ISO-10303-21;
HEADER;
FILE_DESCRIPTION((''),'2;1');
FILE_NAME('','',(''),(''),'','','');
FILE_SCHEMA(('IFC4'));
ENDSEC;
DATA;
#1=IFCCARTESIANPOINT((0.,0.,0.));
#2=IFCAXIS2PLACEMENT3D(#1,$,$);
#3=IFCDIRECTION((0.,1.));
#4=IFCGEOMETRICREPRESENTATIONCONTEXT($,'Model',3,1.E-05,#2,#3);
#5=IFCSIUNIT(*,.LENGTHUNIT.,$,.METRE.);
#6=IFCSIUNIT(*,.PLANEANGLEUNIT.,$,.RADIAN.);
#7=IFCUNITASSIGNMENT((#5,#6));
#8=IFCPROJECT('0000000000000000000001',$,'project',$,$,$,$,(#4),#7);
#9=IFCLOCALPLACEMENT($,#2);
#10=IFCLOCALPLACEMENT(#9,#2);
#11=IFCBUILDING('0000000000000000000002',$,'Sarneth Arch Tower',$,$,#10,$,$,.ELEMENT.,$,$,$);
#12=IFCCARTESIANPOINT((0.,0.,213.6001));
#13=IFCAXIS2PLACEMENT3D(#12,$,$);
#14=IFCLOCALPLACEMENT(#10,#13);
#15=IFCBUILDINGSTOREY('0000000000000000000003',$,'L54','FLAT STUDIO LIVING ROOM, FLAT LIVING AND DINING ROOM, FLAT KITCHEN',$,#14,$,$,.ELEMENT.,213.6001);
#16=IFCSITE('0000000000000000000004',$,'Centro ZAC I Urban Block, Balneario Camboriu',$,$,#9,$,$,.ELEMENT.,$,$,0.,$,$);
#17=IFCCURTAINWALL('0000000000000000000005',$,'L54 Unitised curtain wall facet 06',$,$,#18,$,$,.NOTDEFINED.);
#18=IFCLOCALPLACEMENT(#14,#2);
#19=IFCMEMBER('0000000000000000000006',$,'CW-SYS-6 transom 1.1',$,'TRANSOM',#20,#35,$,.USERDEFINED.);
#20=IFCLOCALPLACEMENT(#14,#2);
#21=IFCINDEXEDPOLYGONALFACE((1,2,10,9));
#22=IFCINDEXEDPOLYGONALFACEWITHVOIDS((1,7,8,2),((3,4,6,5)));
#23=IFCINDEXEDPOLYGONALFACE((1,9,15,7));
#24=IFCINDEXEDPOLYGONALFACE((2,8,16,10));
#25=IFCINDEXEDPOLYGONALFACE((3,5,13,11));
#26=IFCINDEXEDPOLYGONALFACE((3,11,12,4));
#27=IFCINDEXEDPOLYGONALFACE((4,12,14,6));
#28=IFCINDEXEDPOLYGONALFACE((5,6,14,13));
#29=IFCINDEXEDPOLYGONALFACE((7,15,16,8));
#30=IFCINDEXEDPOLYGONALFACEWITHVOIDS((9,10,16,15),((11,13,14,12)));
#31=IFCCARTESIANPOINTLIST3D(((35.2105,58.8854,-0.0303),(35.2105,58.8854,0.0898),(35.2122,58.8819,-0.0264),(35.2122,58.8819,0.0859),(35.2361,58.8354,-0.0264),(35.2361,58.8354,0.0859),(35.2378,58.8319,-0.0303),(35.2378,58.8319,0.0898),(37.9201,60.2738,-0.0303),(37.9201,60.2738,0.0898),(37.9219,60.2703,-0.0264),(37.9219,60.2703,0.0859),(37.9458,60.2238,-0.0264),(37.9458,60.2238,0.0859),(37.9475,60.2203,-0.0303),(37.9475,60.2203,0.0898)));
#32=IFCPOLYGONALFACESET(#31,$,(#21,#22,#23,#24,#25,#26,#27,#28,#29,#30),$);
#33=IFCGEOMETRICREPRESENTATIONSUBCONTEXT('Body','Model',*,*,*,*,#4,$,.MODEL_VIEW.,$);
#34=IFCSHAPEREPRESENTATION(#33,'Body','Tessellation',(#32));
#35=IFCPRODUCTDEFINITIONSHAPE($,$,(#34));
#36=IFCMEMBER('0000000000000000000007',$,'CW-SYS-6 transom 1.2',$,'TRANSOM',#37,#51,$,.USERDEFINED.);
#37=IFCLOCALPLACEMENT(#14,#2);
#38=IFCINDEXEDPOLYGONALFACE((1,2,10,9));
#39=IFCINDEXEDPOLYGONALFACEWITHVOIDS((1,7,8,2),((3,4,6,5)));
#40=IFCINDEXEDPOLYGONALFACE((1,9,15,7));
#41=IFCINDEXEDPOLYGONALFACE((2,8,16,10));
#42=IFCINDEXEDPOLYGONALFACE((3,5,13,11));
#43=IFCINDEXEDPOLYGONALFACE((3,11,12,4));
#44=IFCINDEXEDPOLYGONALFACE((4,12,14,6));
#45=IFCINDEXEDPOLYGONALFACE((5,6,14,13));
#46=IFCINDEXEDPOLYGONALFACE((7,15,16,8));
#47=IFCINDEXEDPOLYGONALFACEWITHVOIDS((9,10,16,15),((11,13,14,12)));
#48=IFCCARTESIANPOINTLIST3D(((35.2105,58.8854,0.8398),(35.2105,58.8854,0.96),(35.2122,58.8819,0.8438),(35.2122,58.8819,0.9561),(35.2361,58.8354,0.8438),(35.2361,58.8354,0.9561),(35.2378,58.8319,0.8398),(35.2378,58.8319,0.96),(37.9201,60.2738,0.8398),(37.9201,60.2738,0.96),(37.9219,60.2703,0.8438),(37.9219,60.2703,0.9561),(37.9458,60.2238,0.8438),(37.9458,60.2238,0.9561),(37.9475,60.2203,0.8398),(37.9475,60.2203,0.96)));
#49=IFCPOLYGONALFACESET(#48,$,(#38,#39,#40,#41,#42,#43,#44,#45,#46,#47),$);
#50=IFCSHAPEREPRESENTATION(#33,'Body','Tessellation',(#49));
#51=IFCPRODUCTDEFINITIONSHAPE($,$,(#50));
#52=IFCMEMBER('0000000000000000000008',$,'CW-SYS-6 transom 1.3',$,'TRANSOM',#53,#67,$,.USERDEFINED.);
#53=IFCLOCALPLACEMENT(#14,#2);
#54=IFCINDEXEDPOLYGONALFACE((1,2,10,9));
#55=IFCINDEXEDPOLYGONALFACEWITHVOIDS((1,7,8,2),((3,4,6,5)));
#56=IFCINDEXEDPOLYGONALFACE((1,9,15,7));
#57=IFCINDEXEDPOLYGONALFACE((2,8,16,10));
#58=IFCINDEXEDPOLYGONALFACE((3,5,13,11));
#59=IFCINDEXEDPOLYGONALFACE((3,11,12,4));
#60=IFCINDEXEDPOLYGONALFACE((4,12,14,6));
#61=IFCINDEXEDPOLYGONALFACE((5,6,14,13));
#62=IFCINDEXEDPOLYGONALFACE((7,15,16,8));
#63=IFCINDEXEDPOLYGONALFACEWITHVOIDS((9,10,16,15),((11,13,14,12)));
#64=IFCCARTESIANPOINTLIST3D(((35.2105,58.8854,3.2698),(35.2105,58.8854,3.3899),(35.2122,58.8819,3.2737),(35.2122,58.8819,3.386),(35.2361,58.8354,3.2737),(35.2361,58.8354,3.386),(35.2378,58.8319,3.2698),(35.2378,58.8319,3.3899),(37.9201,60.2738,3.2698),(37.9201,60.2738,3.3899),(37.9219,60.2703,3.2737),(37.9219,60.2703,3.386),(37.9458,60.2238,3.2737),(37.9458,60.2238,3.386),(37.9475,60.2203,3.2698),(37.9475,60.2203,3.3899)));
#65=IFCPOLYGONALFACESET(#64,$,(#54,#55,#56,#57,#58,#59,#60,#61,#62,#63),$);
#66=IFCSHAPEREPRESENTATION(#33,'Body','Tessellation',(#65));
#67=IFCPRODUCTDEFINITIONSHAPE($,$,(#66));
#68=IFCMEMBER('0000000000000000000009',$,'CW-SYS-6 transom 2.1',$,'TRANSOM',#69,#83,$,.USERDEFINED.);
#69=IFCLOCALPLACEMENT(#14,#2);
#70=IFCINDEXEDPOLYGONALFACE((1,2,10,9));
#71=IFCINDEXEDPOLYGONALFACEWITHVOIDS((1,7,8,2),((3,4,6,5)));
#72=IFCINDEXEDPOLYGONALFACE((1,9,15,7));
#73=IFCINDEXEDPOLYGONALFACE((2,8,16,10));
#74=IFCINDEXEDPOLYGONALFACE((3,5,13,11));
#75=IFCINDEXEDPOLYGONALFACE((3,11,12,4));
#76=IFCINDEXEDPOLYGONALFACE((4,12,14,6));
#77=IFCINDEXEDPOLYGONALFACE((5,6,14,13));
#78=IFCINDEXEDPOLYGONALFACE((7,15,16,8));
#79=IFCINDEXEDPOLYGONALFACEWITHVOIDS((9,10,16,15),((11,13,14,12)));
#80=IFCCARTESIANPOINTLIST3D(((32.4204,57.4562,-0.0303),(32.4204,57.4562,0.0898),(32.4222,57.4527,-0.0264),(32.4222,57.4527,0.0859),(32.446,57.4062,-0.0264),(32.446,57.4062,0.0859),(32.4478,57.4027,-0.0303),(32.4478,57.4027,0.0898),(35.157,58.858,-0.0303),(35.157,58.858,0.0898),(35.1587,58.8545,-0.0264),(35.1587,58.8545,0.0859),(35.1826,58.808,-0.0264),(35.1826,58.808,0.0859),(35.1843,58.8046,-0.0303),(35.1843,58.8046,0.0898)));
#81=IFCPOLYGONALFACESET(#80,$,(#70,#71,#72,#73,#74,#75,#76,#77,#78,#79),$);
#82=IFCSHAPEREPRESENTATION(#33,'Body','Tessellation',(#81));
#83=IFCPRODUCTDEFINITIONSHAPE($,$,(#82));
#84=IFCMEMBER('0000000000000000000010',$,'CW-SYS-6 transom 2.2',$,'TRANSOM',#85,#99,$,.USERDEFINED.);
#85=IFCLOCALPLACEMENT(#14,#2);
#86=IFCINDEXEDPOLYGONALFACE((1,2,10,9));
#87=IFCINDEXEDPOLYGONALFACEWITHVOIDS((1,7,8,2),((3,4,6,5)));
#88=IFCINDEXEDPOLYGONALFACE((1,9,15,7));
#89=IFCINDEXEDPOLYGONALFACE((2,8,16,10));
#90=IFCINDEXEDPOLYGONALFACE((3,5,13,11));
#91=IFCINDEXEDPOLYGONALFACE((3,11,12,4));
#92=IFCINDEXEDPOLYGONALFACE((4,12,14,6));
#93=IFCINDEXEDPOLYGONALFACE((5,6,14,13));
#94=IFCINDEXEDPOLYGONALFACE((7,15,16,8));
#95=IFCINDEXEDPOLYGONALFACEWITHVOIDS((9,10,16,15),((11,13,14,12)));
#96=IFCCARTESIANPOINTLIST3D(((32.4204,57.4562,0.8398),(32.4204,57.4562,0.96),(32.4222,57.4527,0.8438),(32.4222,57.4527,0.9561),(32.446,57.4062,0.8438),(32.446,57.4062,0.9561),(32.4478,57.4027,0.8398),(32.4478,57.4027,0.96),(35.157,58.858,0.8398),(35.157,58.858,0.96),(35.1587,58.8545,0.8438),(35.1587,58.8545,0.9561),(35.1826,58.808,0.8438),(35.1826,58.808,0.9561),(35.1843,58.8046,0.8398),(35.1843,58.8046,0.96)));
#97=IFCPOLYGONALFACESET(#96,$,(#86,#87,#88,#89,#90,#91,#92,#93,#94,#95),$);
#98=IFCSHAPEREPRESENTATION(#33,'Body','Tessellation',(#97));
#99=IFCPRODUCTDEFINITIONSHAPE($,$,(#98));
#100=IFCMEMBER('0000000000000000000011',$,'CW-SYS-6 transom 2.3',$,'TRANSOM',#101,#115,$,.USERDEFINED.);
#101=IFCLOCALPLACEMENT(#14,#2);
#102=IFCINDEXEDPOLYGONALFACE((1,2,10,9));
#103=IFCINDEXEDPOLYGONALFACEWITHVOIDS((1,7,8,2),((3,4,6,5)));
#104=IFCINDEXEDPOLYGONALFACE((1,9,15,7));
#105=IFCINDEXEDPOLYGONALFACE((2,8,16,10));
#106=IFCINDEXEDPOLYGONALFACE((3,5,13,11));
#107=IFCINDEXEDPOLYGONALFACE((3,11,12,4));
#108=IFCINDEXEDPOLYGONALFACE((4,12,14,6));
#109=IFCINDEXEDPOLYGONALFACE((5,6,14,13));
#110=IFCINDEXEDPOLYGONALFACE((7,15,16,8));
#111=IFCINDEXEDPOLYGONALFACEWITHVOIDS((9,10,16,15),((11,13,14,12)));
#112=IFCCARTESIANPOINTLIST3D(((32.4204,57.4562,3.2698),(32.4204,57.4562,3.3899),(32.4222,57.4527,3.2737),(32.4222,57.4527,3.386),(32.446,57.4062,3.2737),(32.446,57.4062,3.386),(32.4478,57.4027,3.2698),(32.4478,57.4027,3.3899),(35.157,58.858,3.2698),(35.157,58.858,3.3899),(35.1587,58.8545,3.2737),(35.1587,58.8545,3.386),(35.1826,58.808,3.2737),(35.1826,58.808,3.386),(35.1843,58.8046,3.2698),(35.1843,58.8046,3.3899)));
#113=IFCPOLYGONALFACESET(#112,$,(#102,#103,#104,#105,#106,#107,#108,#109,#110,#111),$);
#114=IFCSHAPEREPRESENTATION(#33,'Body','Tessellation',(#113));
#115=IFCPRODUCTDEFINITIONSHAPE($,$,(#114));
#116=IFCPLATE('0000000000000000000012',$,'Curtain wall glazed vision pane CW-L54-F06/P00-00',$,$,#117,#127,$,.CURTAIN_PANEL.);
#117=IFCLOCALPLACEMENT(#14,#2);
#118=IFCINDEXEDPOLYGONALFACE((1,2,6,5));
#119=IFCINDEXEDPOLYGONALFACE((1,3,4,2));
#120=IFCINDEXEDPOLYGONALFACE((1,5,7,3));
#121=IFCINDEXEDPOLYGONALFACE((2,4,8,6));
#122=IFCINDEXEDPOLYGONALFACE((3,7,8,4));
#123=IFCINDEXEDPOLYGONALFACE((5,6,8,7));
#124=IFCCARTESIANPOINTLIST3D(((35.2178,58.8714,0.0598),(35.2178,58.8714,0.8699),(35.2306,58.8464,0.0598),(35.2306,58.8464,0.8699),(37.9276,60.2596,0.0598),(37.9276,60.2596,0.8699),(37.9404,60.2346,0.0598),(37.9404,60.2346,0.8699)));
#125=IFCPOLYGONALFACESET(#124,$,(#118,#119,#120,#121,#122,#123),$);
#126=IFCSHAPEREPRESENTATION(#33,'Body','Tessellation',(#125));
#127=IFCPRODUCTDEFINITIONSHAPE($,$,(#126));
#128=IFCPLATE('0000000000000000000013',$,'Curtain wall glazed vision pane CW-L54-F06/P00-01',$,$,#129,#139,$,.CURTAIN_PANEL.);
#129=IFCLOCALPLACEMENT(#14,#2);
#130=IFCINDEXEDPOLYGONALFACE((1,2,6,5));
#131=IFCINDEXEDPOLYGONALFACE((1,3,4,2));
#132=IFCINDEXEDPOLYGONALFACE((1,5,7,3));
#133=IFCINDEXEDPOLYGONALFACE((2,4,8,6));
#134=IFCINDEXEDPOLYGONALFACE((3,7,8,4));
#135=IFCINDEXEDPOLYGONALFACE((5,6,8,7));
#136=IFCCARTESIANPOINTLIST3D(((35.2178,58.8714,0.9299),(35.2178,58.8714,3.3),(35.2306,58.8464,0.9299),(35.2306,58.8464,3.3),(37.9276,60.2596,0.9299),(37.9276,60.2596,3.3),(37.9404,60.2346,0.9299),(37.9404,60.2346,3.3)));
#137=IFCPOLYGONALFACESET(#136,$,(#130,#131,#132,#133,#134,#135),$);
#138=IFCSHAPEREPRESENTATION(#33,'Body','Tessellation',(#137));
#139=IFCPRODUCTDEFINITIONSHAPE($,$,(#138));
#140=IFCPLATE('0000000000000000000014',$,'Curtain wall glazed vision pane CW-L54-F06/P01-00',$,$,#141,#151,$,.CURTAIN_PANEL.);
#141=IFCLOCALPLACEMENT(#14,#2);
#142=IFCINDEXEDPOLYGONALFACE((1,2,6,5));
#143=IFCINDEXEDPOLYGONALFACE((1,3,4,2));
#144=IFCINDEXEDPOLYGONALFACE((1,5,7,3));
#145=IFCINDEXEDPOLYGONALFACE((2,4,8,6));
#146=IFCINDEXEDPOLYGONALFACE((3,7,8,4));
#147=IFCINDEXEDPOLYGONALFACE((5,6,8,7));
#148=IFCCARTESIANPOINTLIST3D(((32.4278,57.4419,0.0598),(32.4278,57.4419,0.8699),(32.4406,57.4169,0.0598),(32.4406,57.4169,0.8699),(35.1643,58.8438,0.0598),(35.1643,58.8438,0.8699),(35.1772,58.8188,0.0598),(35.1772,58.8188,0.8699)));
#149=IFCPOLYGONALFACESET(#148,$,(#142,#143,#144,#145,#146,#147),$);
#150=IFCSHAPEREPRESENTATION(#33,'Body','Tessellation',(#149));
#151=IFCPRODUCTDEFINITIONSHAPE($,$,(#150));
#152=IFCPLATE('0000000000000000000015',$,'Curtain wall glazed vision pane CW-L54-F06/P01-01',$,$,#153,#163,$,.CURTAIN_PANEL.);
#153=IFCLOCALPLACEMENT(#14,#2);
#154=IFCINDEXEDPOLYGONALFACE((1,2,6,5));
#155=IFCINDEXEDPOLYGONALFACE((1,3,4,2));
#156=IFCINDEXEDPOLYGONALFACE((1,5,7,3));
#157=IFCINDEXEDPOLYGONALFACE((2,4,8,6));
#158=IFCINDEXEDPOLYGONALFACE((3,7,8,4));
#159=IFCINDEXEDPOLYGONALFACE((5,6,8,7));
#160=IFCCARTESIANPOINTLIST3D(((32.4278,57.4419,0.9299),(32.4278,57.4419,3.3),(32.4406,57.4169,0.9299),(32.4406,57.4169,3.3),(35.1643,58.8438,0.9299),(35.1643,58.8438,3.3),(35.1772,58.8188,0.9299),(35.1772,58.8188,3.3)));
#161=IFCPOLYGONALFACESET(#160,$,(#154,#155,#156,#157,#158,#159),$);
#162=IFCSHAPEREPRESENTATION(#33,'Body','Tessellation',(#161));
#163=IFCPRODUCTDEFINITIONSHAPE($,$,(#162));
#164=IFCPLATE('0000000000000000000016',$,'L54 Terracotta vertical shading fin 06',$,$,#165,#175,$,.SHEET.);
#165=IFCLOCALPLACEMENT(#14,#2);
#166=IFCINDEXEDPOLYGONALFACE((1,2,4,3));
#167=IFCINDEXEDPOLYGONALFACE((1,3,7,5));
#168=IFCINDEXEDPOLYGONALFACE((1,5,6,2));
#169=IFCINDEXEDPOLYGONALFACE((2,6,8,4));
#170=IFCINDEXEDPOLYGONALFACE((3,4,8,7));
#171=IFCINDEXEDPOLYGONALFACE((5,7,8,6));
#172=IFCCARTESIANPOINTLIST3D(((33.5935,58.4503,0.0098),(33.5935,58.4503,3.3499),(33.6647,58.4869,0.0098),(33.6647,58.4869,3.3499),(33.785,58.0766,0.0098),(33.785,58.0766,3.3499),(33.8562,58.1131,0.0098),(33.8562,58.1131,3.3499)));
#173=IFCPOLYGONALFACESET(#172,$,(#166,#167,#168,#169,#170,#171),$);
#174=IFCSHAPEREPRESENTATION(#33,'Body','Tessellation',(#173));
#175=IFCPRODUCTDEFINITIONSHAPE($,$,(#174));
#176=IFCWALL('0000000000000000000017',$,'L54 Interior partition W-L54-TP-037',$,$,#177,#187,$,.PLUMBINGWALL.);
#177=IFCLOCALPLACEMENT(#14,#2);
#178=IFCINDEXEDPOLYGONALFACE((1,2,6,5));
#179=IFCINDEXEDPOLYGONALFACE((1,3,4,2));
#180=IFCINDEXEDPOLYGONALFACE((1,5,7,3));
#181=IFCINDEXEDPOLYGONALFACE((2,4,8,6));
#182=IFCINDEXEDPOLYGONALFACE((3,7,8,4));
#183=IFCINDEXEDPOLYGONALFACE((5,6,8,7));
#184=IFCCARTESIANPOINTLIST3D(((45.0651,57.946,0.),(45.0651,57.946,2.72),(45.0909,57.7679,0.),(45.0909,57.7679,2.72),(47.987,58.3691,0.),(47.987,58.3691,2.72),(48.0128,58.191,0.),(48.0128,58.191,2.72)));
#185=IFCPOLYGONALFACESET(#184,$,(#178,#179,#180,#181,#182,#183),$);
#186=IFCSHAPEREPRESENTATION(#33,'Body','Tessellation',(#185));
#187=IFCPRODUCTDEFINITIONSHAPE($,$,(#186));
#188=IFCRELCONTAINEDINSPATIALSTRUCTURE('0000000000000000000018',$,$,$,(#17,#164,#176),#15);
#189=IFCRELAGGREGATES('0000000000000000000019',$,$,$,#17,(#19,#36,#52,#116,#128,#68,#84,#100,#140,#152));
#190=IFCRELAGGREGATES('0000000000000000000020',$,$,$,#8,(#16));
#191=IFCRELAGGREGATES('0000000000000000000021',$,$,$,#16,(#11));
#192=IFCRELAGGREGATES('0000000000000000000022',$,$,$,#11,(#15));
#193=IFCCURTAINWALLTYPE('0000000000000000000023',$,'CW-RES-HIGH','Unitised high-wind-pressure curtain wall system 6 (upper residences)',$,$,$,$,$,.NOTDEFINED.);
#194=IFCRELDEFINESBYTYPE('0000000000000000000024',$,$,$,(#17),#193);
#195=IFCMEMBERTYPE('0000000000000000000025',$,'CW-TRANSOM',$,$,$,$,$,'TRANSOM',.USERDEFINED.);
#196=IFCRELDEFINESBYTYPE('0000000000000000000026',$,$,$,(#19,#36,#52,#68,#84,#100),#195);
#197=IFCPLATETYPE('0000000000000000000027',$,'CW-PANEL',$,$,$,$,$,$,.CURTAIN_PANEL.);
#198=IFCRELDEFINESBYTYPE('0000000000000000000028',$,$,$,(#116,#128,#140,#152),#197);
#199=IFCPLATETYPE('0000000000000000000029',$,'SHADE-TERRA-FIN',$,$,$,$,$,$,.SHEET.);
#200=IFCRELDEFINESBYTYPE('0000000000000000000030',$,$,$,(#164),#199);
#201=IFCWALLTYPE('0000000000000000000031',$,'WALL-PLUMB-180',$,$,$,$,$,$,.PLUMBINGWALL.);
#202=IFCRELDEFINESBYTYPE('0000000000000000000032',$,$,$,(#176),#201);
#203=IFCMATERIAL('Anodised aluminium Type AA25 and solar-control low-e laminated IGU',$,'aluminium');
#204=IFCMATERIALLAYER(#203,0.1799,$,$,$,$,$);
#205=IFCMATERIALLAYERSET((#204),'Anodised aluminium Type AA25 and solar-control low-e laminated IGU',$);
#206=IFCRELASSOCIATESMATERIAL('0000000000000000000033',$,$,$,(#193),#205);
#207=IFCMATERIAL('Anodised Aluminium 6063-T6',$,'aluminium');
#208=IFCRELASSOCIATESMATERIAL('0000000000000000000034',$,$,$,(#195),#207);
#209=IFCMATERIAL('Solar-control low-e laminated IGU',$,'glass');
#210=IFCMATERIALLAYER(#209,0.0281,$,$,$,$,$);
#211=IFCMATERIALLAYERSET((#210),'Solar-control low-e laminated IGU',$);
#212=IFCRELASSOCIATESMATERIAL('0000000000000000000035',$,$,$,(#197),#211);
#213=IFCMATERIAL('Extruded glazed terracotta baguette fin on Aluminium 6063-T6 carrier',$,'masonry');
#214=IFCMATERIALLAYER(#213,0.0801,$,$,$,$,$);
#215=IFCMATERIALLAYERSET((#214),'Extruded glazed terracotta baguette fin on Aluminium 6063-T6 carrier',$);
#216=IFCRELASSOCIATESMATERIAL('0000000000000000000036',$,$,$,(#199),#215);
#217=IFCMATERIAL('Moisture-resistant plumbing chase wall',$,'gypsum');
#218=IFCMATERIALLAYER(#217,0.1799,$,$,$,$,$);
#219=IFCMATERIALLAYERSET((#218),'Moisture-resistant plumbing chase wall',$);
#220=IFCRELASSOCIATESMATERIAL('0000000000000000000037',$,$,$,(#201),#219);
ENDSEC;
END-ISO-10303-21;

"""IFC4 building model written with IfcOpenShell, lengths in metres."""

from ifc_helpers import new_model, si_unit, direction, frame, frame_2d, origin, origin_2d, place, context, subcontext, project, spatial, rectangle, hollow_rectangle, extrude, material, layer, layer_set, material_profile, profile_set, type_object, element, aggregate, save


model = new_model("IFC4")

# Units and contexts
model_context = context("Model", 3, precision=1e-05, world=origin(), true_north=direction((0.0, 1.0)))
body_context = subcontext(model_context, "Body", "Model", "MODEL_VIEW")
ifc_project = project(units=[si_unit("LENGTHUNIT", "METRE"), si_unit("PLANEANGLEUNIT", "RADIAN")], contexts=[model_context])

# Site, building, storey
site_placement = place(None, origin())
site = spatial("IfcSite", under=ifc_project, at=site_placement, Name="Centro ZAC I Urban Block, Balneario Camboriu", CompositionType="ELEMENT", RefElevation=0.0)
building_placement = place(site_placement, origin())
building = spatial("IfcBuilding", under=site, at=building_placement, Name="Sarneth Arch Tower", CompositionType="ELEMENT")
storey_placement = place(building_placement, frame((0.0, 0.0, 213.6001)))
storey = spatial("IfcBuildingStorey", under=building, at=storey_placement, Name="L54", Description="FLAT STUDIO LIVING ROOM, FLAT LIVING AND DINING ROOM, FLAT KITCHEN", CompositionType="ELEMENT", Elevation=213.6001)

# Curtain wall, members, plates
ifc_material_1 = material(Name="Anodised aluminium Type AA25 and solar-control low-e laminated IGU", Category="aluminium")
ifc_layer_1 = layer(ifc_material_1, 0.1799)
ifc_layer_set_1 = layer_set([ifc_layer_1], Name="Anodised aluminium Type AA25 and solar-control low-e laminated IGU")
curtain_wall_type = type_object("IfcCurtainWallType", Name="CW-RES-HIGH", Description="Unitised high-wind-pressure curtain wall system 6 (upper residences)", PredefinedType="NOTDEFINED", material=ifc_layer_set_1)
curtain_wall_placement = place(storey_placement, origin())
curtain_wall = element("IfcCurtainWall", 1, at=curtain_wall_placement, inside=storey, type_object=curtain_wall_type, Name="L54 Unitised curtain wall facet 06", PredefinedType="NOTDEFINED")
ifc_material_2 = material(Name="Anodised Aluminium 6063-T6", Category="aluminium")
ifc_material_profile_1 = material_profile(ifc_material_2, hollow_rectangle(XDim=0.0601, YDim=0.1201, WallThickness=0.0039, at=origin_2d()), Name="AL-TRAN-120x60x4")
ifc_profile_set_1 = profile_set([ifc_material_profile_1], Name="Anodised Aluminium 6063-T6")
member_type_1 = type_object("IfcMemberType", Name="CW-TRANSOM", ElementType="TRANSOM", PredefinedType="USERDEFINED", material=ifc_profile_set_1)
member_1_placement = place(storey_placement, frame((37.9338, 60.2471, 0.0298), z_axis=(-0.889974, -0.456012, 0.0), x_axis=(0.456012, -0.889974, 0.0)))
member_1 = element("IfcMember", 2, at=member_1_placement, type_object=member_type_1, Name="CW-SYS-6 transom 1.1", ObjectType="TRANSOM", PredefinedType="USERDEFINED", context=body_context, shape_type="SweptSolid", body=[
    extrude(hollow_rectangle(XDim=0.0601, YDim=0.1201, WallThickness=0.0039, at=origin_2d()), origin(), (0.0, 0.0, 1.0), 3.0447),
])
member_2_placement = place(storey_placement, frame((37.9338, 60.2471, 0.8999), z_axis=(-0.889974, -0.456012, 0.0), x_axis=(0.456012, -0.889974, 0.0)))
member_2 = element("IfcMember", 3, at=member_2_placement, type_object=member_type_1, Name="CW-SYS-6 transom 1.2", ObjectType="TRANSOM", PredefinedType="USERDEFINED", context=body_context, shape_type="SweptSolid", body=[
    extrude(hollow_rectangle(XDim=0.0601, YDim=0.1201, WallThickness=0.0039, at=origin_2d()), origin(), (0.0, 0.0, 1.0), 3.0447),
])
member_3_placement = place(storey_placement, frame((37.9338, 60.2471, 3.3298), z_axis=(-0.889974, -0.456012, 0.0), x_axis=(0.456012, -0.889974, 0.0)))
member_3 = element("IfcMember", 4, at=member_3_placement, type_object=member_type_1, Name="CW-SYS-6 transom 1.3", ObjectType="TRANSOM", PredefinedType="USERDEFINED", context=body_context, shape_type="SweptSolid", body=[
    extrude(hollow_rectangle(XDim=0.0601, YDim=0.1201, WallThickness=0.0039, at=origin_2d()), origin(), (0.0, 0.0, 1.0), 3.0447),
])
member_4_placement = place(storey_placement, frame((35.1707, 58.8313, 0.0298), z_axis=(-0.890017, -0.455926, 0.0), x_axis=(0.455926, -0.890017, 0.0)))
member_4 = element("IfcMember", 5, at=member_4_placement, type_object=member_type_1, Name="CW-SYS-6 transom 2.1", ObjectType="TRANSOM", PredefinedType="USERDEFINED", context=body_context, shape_type="SweptSolid", body=[
    extrude(hollow_rectangle(XDim=0.0601, YDim=0.1201, WallThickness=0.0039, at=origin_2d()), origin(), (0.0, 0.0, 1.0), 3.0747),
])
member_5_placement = place(storey_placement, frame((35.1707, 58.8313, 0.8999), z_axis=(-0.890017, -0.455926, 0.0), x_axis=(0.455926, -0.890017, 0.0)))
member_5 = element("IfcMember", 6, at=member_5_placement, type_object=member_type_1, Name="CW-SYS-6 transom 2.2", ObjectType="TRANSOM", PredefinedType="USERDEFINED", context=body_context, shape_type="SweptSolid", body=[
    extrude(hollow_rectangle(XDim=0.0601, YDim=0.1201, WallThickness=0.0039, at=origin_2d()), origin(), (0.0, 0.0, 1.0), 3.0747),
])
member_6_placement = place(storey_placement, frame((35.1707, 58.8313, 3.3298), z_axis=(-0.890017, -0.455926, 0.0), x_axis=(0.455926, -0.890017, 0.0)))
member_6 = element("IfcMember", 7, at=member_6_placement, type_object=member_type_1, Name="CW-SYS-6 transom 2.3", ObjectType="TRANSOM", PredefinedType="USERDEFINED", context=body_context, shape_type="SweptSolid", body=[
    extrude(hollow_rectangle(XDim=0.0601, YDim=0.1201, WallThickness=0.0039, at=origin_2d()), origin(), (0.0, 0.0, 1.0), 3.0747),
])
ifc_material_3 = material(Name="Solar-control low-e laminated IGU", Category="glass")
ifc_layer_2 = layer(ifc_material_3, 0.0281)
ifc_layer_set_2 = layer_set([ifc_layer_2], Name="Solar-control low-e laminated IGU")
plate_type_1 = type_object("IfcPlateType", Name="CW-PANEL", PredefinedType="CURTAIN_PANEL", material=ifc_layer_set_2)
plate_1_placement = place(storey_placement, frame((36.5791, 59.553, 0.0598), z_axis=(0.0, 0.0, 1.0), x_axis=(-0.89001, -0.455942, 0.0)))
plate_1 = element("IfcPlate", 8, at=plate_1_placement, type_object=plate_type_1, Name="Curtain wall glazed vision pane CW-L54-F06/P00-00", PredefinedType="CURTAIN_PANEL", context=body_context, shape_type="SweptSolid", body=[
    extrude(rectangle(XDim=3.0447, YDim=0.0281, at=origin_2d()), origin(), (0.0, 0.0, 1.0), 0.8101),
])
plate_2_placement = place(storey_placement, frame((36.5791, 59.553, 0.9299), z_axis=(0.0, 0.0, 1.0), x_axis=(-0.89001, -0.455942, 0.0)))
plate_2 = element("IfcPlate", 9, at=plate_2_placement, type_object=plate_type_1, Name="Curtain wall glazed vision pane CW-L54-F06/P00-01", PredefinedType="CURTAIN_PANEL", context=body_context, shape_type="SweptSolid", body=[
    extrude(rectangle(XDim=3.0447, YDim=0.0281, at=origin_2d()), origin(), (0.0, 0.0, 1.0), 2.3701),
])
plate_3_placement = place(storey_placement, frame((33.8025, 58.1304, 0.0598), z_axis=(0.0, 0.0, 1.0), x_axis=(-0.89001, -0.455942, 0.0)))
plate_3 = element("IfcPlate", 10, at=plate_3_placement, type_object=plate_type_1, Name="Curtain wall glazed vision pane CW-L54-F06/P01-00", PredefinedType="CURTAIN_PANEL", context=body_context, shape_type="SweptSolid", body=[
    extrude(rectangle(XDim=3.0747, YDim=0.0281, at=origin_2d()), origin(), (0.0, 0.0, 1.0), 0.8101),
])
plate_4_placement = place(storey_placement, frame((33.8025, 58.1304, 0.9299), z_axis=(0.0, 0.0, 1.0), x_axis=(-0.89001, -0.455942, 0.0)))
plate_4 = element("IfcPlate", 11, at=plate_4_placement, type_object=plate_type_1, Name="Curtain wall glazed vision pane CW-L54-F06/P01-01", PredefinedType="CURTAIN_PANEL", context=body_context, shape_type="SweptSolid", body=[
    extrude(rectangle(XDim=3.0747, YDim=0.0281, at=origin_2d()), origin(), (0.0, 0.0, 1.0), 2.3701),
])
aggregate(curtain_wall, [member_1, member_2, member_3, plate_1, plate_2, member_4, member_5, member_6, plate_3, plate_4])

# Plate
ifc_material_4 = material(Name="Extruded glazed terracotta baguette fin on Aluminium 6063-T6 carrier", Category="masonry")
ifc_layer_3 = layer(ifc_material_4, 0.0801)
ifc_layer_set_3 = layer_set([ifc_layer_3], Name="Extruded glazed terracotta baguette fin on Aluminium 6063-T6 carrier")
plate_type_2 = type_object("IfcPlateType", Name="SHADE-TERRA-FIN", PredefinedType="SHEET", material=ifc_layer_set_3)
plate_5_placement = place(storey_placement, frame((33.7249, 58.2817, 0.0098), z_axis=(0.0, 0.0, 1.0), x_axis=(-0.456011, 0.889974, 0.0)))
element("IfcPlate", 12, at=plate_5_placement, inside=storey, type_object=plate_type_2, Name="L54 Terracotta vertical shading fin 06", PredefinedType="SHEET", context=body_context, shape_type="SweptSolid", body=[
    extrude(rectangle(XDim=0.4199, YDim=0.0801, at=origin_2d()), origin(), (0.0, 0.0, 1.0), 3.3401),
])

# Wall
ifc_material_5 = material(Name="Moisture-resistant plumbing chase wall", Category="gypsum")
ifc_layer_4 = layer(ifc_material_5, 0.1799)
ifc_layer_set_4 = layer_set([ifc_layer_4], Name="Moisture-resistant plumbing chase wall")
wall_type = type_object("IfcWallType", Name="WALL-PLUMB-180", PredefinedType="PLUMBINGWALL", material=ifc_layer_set_4)
wall_placement = place(storey_placement, frame((45.0781, 57.8569, 0.0), z_axis=(0.0, 0.0, 1.0), x_axis=(0.989678, 0.143308, 0.0)))
element("IfcWall", 13, at=wall_placement, inside=storey, type_object=wall_type, Name="L54 Interior partition W-L54-TP-037", PredefinedType="PLUMBINGWALL", context=body_context, shape_type="SweptSolid", body=[
    extrude(rectangle(XDim=2.9524, YDim=0.1799, at=frame_2d((1.4761, 0.0))), origin(), (0.0, 0.0, 1.0), 2.72),
])

save(model, "model.ifc")
